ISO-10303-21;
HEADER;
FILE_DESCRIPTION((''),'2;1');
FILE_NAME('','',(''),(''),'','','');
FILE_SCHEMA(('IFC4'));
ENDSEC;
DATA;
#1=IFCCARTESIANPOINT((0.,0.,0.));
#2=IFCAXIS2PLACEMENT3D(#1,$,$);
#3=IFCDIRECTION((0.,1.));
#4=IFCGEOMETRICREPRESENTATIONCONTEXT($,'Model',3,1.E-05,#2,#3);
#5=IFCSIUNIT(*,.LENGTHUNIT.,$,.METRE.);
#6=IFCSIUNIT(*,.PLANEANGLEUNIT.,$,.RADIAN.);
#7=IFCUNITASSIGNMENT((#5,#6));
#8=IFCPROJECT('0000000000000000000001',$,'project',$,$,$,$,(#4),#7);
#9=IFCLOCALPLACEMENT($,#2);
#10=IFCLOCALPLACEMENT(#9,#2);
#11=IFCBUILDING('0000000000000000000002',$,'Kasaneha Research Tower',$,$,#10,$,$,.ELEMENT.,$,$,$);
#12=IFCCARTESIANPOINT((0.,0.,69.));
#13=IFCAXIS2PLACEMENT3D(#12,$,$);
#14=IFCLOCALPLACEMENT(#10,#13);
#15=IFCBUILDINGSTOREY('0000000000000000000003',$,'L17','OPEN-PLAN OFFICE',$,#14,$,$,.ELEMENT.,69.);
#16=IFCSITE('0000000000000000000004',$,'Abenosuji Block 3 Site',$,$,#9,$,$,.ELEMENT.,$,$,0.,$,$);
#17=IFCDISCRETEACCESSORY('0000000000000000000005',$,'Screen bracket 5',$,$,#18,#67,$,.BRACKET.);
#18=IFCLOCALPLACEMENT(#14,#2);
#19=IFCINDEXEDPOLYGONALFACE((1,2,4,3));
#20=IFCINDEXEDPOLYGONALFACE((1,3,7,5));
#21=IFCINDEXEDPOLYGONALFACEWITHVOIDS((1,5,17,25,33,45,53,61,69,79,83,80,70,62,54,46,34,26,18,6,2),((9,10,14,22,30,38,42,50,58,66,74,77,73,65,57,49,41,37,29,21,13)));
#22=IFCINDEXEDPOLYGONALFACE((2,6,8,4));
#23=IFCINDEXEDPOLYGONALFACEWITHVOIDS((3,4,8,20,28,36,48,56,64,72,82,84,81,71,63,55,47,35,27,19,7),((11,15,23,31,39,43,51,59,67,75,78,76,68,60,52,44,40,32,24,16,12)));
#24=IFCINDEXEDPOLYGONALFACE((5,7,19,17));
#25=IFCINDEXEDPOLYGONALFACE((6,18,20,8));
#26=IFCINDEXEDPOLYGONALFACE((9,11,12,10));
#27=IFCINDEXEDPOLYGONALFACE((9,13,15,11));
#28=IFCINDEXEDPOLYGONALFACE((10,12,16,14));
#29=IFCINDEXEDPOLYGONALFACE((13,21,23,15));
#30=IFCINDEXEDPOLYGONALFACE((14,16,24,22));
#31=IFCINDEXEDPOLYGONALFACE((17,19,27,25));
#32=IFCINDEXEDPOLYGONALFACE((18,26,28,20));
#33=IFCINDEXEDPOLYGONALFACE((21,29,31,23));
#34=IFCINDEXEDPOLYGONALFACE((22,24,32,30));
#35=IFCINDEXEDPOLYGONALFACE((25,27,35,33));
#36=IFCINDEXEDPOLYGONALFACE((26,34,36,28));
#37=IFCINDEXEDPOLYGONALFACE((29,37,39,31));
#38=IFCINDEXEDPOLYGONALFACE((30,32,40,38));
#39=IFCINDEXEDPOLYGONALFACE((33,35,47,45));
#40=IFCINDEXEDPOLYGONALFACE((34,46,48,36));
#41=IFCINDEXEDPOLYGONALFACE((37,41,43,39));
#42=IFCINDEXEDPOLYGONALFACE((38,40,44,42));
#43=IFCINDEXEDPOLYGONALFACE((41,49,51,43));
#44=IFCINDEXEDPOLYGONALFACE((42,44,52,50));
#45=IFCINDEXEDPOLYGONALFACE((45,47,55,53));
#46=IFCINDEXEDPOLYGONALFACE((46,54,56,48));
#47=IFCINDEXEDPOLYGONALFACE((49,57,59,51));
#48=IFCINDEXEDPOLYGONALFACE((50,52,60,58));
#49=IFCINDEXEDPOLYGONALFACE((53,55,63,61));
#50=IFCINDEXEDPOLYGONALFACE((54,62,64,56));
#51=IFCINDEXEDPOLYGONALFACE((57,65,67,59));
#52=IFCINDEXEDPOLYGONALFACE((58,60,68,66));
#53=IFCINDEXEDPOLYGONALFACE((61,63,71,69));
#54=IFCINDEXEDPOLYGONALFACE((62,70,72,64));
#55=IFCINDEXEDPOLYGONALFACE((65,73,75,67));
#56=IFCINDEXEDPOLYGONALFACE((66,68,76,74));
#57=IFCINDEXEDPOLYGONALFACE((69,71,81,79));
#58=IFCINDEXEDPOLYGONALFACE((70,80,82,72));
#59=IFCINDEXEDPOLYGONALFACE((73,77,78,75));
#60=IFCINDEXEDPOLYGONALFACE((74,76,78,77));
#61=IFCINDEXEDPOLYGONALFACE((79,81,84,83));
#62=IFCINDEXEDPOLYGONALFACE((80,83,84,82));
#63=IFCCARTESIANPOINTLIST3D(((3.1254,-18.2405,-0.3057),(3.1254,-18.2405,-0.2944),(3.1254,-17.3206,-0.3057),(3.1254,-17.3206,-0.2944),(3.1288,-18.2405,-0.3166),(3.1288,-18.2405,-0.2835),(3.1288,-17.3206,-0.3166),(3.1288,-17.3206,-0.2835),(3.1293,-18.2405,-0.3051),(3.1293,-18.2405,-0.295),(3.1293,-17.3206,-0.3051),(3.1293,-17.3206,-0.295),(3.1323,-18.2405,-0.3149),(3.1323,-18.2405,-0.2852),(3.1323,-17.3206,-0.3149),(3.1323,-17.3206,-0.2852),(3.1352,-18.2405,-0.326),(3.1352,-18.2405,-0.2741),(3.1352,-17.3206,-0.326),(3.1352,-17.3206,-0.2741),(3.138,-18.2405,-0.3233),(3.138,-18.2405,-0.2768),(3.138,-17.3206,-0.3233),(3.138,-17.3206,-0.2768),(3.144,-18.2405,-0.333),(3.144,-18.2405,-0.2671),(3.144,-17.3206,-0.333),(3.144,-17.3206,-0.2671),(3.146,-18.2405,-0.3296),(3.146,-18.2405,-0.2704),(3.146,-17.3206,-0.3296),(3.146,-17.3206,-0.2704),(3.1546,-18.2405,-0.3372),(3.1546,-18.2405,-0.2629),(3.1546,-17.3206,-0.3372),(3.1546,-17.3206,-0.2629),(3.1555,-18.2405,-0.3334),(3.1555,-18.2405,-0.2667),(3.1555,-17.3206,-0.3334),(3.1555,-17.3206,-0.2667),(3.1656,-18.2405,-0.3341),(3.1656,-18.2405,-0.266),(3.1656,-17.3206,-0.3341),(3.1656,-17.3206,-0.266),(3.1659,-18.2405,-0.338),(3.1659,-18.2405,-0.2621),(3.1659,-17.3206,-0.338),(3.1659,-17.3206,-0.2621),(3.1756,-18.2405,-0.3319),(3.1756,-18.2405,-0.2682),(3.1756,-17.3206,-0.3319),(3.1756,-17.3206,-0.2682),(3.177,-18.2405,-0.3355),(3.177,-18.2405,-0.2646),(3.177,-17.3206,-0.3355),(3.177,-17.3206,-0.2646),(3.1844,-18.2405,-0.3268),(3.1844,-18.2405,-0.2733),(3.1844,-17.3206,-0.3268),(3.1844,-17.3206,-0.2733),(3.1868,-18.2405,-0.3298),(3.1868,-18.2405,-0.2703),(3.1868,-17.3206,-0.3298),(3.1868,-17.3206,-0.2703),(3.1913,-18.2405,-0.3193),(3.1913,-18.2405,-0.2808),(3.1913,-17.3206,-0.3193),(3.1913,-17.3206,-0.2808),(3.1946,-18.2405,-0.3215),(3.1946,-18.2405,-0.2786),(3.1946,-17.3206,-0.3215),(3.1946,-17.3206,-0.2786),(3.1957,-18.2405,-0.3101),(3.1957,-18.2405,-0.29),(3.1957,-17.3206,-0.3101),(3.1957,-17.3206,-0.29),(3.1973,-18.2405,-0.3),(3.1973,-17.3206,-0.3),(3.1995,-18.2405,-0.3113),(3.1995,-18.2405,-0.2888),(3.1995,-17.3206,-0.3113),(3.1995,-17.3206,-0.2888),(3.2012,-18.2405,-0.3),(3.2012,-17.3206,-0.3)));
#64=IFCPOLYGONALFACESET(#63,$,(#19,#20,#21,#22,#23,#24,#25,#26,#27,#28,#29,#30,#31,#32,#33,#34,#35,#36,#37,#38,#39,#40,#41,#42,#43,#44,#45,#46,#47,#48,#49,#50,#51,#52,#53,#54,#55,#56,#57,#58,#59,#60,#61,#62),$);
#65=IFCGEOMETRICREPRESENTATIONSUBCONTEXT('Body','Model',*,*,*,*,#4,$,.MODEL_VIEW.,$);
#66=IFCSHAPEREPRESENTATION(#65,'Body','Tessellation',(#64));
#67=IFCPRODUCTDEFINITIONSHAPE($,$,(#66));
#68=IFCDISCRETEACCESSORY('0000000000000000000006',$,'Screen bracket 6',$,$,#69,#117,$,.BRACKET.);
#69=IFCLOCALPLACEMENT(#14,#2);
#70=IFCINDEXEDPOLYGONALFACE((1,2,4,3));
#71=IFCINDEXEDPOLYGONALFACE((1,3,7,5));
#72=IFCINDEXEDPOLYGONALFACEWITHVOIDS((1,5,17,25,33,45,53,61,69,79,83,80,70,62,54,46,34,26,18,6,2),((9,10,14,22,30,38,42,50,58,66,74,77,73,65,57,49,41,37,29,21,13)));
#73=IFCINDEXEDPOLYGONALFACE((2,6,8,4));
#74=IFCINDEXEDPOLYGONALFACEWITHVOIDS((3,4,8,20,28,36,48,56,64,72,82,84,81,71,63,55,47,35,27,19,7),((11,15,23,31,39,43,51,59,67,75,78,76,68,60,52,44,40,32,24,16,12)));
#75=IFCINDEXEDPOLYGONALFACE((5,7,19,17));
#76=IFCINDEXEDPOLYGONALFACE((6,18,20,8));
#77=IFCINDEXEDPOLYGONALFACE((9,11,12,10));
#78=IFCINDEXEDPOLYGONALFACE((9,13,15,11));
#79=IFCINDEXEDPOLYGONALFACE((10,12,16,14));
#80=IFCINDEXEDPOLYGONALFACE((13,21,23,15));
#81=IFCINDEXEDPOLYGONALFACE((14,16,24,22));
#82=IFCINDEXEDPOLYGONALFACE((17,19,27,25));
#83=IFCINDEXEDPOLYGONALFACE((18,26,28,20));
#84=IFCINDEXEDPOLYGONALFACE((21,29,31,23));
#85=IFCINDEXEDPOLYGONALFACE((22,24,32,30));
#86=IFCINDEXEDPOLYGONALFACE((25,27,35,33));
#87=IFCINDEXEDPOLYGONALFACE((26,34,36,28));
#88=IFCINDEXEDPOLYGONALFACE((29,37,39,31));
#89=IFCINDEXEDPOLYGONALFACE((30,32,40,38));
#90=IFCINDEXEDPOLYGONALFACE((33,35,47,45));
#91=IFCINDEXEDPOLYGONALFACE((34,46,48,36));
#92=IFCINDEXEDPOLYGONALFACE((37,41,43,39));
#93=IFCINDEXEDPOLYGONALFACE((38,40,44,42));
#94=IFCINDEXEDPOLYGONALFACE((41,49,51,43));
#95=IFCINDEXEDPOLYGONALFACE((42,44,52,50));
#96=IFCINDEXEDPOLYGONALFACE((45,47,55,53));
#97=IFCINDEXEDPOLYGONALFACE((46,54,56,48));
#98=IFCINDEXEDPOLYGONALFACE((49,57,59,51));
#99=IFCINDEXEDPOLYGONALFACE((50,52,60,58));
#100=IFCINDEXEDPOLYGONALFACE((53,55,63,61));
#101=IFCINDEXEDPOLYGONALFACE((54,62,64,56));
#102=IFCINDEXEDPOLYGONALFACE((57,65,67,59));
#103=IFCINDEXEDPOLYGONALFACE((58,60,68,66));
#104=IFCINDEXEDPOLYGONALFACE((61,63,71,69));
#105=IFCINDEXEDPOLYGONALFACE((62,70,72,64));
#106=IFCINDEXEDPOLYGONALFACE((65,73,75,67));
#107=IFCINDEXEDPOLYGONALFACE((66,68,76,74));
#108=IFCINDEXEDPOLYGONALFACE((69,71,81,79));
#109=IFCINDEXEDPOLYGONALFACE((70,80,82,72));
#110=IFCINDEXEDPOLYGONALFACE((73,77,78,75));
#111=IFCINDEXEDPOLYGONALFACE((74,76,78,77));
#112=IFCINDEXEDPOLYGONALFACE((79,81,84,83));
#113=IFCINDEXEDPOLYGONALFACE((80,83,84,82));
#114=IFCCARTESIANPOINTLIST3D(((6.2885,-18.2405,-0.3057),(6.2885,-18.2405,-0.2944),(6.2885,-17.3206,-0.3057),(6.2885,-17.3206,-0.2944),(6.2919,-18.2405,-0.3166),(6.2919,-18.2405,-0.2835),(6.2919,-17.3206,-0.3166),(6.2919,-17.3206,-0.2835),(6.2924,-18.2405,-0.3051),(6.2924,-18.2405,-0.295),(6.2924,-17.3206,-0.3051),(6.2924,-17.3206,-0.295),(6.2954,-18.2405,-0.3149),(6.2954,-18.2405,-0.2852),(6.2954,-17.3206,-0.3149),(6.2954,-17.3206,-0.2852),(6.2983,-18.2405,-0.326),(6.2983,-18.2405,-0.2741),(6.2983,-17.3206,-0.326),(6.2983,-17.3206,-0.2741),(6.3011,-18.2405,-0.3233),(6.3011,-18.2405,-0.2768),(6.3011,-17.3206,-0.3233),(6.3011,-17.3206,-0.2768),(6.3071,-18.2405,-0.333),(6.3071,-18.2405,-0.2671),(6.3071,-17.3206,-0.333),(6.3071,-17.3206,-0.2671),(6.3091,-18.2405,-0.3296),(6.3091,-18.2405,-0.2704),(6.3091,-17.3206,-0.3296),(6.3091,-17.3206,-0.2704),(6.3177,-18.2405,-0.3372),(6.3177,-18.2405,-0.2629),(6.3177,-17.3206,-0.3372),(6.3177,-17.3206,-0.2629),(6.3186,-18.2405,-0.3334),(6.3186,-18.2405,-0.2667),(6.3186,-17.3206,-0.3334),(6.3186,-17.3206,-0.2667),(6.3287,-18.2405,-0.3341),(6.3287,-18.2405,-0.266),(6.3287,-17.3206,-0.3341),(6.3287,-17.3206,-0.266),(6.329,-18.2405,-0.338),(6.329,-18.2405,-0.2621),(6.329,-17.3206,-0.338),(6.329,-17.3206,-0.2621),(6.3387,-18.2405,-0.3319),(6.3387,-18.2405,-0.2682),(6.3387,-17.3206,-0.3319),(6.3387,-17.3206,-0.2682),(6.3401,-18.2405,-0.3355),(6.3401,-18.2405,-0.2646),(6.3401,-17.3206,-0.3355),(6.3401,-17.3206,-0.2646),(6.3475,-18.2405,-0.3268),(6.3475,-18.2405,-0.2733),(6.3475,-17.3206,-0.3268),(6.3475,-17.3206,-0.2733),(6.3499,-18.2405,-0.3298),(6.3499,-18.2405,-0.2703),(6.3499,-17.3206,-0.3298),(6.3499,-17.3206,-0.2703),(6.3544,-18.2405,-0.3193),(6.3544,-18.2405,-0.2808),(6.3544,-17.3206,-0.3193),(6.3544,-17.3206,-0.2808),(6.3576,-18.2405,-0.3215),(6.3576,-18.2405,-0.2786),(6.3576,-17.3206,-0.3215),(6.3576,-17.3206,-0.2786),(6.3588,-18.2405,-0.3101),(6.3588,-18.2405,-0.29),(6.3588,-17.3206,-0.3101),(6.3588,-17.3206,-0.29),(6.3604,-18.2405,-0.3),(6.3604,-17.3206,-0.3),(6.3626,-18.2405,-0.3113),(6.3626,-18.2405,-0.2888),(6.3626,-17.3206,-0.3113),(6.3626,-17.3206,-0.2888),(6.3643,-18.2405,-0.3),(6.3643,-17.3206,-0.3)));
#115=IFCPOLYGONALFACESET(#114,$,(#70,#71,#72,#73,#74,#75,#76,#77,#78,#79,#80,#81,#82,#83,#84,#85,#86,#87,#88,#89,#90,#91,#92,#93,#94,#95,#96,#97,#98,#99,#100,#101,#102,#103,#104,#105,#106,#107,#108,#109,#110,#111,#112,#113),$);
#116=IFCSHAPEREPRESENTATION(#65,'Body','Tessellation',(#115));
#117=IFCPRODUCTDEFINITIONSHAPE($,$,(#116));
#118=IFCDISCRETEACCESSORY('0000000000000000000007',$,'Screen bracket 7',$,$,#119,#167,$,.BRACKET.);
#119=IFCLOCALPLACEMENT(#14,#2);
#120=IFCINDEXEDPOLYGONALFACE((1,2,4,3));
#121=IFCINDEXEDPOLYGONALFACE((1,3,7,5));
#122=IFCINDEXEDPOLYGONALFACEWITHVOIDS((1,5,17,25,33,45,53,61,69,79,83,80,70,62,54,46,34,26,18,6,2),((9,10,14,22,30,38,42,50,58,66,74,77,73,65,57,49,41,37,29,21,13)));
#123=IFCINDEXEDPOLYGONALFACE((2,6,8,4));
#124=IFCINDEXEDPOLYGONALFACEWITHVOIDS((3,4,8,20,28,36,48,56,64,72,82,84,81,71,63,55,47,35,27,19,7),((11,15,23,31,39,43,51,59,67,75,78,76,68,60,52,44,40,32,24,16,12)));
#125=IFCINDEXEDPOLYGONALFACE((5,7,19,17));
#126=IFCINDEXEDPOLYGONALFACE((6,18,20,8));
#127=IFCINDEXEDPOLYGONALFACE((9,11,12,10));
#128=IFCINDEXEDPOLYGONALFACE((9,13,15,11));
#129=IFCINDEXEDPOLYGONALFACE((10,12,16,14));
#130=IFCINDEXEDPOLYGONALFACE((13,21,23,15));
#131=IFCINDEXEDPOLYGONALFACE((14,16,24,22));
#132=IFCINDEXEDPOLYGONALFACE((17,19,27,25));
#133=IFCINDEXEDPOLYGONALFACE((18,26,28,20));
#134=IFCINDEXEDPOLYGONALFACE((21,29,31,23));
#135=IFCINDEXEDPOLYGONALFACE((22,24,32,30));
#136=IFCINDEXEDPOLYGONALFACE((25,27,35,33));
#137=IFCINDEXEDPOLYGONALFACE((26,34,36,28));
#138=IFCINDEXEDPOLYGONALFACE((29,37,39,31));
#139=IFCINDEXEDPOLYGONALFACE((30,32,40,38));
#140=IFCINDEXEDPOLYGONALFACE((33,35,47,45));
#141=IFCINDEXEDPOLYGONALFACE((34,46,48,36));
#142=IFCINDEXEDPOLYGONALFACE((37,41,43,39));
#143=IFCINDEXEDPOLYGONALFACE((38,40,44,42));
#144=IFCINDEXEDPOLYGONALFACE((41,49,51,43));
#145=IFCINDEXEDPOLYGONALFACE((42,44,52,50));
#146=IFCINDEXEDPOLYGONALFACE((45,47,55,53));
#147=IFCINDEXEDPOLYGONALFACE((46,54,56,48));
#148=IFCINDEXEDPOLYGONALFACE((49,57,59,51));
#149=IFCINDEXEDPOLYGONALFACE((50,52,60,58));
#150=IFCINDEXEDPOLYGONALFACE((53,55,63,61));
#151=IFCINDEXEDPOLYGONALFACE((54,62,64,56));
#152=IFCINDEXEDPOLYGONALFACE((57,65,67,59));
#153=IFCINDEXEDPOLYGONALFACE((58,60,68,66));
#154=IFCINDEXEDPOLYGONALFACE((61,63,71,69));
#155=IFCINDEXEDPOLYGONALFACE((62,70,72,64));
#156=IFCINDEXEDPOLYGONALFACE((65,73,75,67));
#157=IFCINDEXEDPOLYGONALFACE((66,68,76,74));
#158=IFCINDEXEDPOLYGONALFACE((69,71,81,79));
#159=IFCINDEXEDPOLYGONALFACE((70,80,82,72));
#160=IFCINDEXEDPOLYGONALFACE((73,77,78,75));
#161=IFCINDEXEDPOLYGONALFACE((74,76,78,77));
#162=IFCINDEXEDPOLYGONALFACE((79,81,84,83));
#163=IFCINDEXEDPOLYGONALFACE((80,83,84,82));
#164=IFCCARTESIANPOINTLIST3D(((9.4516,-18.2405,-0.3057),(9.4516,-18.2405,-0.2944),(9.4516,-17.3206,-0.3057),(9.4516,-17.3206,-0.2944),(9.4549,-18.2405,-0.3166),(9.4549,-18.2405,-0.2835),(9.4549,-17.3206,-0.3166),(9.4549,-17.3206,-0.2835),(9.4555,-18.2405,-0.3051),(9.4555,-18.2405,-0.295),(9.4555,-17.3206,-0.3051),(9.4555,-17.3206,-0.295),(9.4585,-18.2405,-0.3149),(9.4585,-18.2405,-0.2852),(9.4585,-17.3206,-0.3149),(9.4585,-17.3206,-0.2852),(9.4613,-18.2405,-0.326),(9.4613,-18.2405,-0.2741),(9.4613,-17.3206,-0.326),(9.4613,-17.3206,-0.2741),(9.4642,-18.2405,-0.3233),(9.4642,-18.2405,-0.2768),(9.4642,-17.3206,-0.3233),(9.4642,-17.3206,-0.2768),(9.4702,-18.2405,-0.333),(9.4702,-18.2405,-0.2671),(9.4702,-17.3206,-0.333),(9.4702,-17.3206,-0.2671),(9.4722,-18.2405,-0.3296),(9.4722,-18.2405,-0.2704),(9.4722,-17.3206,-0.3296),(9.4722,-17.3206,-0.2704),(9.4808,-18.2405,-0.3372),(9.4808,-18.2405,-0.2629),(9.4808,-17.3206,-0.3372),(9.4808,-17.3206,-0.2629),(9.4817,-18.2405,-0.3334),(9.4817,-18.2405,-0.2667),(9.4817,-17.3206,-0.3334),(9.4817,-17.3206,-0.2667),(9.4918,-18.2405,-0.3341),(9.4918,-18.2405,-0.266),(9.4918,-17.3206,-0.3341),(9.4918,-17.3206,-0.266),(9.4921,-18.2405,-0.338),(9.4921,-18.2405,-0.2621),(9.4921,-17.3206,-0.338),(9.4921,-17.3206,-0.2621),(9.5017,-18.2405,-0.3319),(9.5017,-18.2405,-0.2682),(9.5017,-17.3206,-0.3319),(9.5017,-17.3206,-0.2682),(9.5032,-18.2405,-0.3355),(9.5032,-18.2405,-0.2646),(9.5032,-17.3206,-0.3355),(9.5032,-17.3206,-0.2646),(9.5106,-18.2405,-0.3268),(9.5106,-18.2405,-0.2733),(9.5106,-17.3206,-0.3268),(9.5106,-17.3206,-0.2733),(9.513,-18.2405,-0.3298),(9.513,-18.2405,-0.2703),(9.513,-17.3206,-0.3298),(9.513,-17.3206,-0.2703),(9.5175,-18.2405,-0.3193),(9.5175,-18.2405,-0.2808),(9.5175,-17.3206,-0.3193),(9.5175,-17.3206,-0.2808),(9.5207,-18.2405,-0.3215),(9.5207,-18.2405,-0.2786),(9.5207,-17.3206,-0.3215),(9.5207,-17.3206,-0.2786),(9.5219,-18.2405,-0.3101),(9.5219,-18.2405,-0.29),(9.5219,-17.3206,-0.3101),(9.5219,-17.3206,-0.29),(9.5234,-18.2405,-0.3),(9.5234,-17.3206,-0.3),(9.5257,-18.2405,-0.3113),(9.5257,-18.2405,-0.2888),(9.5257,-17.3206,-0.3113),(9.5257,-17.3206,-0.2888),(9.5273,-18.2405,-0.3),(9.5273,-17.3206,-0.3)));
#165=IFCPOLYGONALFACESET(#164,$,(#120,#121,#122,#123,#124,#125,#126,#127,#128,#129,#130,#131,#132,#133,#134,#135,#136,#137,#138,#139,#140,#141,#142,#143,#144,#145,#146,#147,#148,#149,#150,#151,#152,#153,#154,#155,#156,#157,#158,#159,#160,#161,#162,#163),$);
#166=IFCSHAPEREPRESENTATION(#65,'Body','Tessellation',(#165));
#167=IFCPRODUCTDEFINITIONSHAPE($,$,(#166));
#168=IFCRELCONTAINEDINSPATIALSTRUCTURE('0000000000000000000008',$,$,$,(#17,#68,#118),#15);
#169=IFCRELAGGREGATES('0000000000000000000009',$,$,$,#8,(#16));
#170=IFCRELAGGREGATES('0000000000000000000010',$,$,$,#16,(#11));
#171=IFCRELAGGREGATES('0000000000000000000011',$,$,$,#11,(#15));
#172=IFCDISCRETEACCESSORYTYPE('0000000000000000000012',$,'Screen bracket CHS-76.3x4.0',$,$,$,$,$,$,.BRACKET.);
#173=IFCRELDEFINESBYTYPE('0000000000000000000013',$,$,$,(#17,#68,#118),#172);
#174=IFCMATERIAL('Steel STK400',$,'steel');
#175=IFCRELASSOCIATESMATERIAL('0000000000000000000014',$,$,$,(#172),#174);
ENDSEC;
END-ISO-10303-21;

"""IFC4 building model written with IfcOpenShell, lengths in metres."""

from ifc_helpers import new_model, si_unit, direction, frame, origin, origin_2d, place, context, subcontext, project, spatial, hollow_circle, extrude, material, material_profile, profile_set, type_object, element, save


model = new_model("IFC4")

# Units and contexts
model_context = context("Model", 3, precision=1e-05, world=origin(), true_north=direction((0.0, 1.0)))
body_context = subcontext(model_context, "Body", "Model", "MODEL_VIEW")
ifc_project = project(units=[si_unit("LENGTHUNIT", "METRE"), si_unit("PLANEANGLEUNIT", "RADIAN")], contexts=[model_context])

# Site, building, storey
site_placement = place(None, origin())
site = spatial("IfcSite", under=ifc_project, at=site_placement, Name="Abenosuji Block 3 Site", CompositionType="ELEMENT", RefElevation=0.0)
building_placement = place(site_placement, origin())
building = spatial("IfcBuilding", under=site, at=building_placement, Name="Kasaneha Research Tower", CompositionType="ELEMENT")
storey_placement = place(building_placement, frame((0.0, 0.0, 69.0)))
storey = spatial("IfcBuildingStorey", under=building, at=storey_placement, Name="L17", Description="OPEN-PLAN OFFICE", CompositionType="ELEMENT", Elevation=69.0)

# Discrete accessories
ifc_material_1 = material(Name="Steel STK400", Category="steel")
ifc_material_profile_1 = material_profile(ifc_material_1, hollow_circle(Radius=0.0381, WallThickness=0.0039, at=origin_2d()), Name="CHS-76.3x4.0")
ifc_profile_set_1 = profile_set([ifc_material_profile_1], Name="Steel STK400")
discrete_accessory_type = type_object("IfcDiscreteAccessoryType", Name="Screen bracket CHS-76.3x4.0", PredefinedType="BRACKET", material=ifc_profile_set_1)
for number, where, z_axis, x_axis, name in (
    (1, (3.1631, -17.3206, -0.3), (0.0, -1.0, 0.0), (1.0, 0.0, 0.0), "Screen bracket 5"),
    (2, (6.3262, -17.3206, -0.3), (0.0, -1.0, 0.0), (1.0, 0.0, 0.0), "Screen bracket 6"),
    (3, (9.4893, -17.3206, -0.3), (0.0, -1.0, 0.0), (1.0, 0.0, 0.0), "Screen bracket 7"),
):
    element("IfcDiscreteAccessory", number, at=place(storey_placement, frame(where, z_axis=z_axis, x_axis=x_axis)), inside=storey, type_object=discrete_accessory_type, Name=name, PredefinedType="BRACKET", context=body_context, shape_type="SweptSolid", body=[
        extrude(hollow_circle(Radius=0.0381, WallThickness=0.0039, at=origin_2d()), origin(), (0.0, 0.0, 1.0), 0.9199),
    ])

save(model, "model.ifc")
